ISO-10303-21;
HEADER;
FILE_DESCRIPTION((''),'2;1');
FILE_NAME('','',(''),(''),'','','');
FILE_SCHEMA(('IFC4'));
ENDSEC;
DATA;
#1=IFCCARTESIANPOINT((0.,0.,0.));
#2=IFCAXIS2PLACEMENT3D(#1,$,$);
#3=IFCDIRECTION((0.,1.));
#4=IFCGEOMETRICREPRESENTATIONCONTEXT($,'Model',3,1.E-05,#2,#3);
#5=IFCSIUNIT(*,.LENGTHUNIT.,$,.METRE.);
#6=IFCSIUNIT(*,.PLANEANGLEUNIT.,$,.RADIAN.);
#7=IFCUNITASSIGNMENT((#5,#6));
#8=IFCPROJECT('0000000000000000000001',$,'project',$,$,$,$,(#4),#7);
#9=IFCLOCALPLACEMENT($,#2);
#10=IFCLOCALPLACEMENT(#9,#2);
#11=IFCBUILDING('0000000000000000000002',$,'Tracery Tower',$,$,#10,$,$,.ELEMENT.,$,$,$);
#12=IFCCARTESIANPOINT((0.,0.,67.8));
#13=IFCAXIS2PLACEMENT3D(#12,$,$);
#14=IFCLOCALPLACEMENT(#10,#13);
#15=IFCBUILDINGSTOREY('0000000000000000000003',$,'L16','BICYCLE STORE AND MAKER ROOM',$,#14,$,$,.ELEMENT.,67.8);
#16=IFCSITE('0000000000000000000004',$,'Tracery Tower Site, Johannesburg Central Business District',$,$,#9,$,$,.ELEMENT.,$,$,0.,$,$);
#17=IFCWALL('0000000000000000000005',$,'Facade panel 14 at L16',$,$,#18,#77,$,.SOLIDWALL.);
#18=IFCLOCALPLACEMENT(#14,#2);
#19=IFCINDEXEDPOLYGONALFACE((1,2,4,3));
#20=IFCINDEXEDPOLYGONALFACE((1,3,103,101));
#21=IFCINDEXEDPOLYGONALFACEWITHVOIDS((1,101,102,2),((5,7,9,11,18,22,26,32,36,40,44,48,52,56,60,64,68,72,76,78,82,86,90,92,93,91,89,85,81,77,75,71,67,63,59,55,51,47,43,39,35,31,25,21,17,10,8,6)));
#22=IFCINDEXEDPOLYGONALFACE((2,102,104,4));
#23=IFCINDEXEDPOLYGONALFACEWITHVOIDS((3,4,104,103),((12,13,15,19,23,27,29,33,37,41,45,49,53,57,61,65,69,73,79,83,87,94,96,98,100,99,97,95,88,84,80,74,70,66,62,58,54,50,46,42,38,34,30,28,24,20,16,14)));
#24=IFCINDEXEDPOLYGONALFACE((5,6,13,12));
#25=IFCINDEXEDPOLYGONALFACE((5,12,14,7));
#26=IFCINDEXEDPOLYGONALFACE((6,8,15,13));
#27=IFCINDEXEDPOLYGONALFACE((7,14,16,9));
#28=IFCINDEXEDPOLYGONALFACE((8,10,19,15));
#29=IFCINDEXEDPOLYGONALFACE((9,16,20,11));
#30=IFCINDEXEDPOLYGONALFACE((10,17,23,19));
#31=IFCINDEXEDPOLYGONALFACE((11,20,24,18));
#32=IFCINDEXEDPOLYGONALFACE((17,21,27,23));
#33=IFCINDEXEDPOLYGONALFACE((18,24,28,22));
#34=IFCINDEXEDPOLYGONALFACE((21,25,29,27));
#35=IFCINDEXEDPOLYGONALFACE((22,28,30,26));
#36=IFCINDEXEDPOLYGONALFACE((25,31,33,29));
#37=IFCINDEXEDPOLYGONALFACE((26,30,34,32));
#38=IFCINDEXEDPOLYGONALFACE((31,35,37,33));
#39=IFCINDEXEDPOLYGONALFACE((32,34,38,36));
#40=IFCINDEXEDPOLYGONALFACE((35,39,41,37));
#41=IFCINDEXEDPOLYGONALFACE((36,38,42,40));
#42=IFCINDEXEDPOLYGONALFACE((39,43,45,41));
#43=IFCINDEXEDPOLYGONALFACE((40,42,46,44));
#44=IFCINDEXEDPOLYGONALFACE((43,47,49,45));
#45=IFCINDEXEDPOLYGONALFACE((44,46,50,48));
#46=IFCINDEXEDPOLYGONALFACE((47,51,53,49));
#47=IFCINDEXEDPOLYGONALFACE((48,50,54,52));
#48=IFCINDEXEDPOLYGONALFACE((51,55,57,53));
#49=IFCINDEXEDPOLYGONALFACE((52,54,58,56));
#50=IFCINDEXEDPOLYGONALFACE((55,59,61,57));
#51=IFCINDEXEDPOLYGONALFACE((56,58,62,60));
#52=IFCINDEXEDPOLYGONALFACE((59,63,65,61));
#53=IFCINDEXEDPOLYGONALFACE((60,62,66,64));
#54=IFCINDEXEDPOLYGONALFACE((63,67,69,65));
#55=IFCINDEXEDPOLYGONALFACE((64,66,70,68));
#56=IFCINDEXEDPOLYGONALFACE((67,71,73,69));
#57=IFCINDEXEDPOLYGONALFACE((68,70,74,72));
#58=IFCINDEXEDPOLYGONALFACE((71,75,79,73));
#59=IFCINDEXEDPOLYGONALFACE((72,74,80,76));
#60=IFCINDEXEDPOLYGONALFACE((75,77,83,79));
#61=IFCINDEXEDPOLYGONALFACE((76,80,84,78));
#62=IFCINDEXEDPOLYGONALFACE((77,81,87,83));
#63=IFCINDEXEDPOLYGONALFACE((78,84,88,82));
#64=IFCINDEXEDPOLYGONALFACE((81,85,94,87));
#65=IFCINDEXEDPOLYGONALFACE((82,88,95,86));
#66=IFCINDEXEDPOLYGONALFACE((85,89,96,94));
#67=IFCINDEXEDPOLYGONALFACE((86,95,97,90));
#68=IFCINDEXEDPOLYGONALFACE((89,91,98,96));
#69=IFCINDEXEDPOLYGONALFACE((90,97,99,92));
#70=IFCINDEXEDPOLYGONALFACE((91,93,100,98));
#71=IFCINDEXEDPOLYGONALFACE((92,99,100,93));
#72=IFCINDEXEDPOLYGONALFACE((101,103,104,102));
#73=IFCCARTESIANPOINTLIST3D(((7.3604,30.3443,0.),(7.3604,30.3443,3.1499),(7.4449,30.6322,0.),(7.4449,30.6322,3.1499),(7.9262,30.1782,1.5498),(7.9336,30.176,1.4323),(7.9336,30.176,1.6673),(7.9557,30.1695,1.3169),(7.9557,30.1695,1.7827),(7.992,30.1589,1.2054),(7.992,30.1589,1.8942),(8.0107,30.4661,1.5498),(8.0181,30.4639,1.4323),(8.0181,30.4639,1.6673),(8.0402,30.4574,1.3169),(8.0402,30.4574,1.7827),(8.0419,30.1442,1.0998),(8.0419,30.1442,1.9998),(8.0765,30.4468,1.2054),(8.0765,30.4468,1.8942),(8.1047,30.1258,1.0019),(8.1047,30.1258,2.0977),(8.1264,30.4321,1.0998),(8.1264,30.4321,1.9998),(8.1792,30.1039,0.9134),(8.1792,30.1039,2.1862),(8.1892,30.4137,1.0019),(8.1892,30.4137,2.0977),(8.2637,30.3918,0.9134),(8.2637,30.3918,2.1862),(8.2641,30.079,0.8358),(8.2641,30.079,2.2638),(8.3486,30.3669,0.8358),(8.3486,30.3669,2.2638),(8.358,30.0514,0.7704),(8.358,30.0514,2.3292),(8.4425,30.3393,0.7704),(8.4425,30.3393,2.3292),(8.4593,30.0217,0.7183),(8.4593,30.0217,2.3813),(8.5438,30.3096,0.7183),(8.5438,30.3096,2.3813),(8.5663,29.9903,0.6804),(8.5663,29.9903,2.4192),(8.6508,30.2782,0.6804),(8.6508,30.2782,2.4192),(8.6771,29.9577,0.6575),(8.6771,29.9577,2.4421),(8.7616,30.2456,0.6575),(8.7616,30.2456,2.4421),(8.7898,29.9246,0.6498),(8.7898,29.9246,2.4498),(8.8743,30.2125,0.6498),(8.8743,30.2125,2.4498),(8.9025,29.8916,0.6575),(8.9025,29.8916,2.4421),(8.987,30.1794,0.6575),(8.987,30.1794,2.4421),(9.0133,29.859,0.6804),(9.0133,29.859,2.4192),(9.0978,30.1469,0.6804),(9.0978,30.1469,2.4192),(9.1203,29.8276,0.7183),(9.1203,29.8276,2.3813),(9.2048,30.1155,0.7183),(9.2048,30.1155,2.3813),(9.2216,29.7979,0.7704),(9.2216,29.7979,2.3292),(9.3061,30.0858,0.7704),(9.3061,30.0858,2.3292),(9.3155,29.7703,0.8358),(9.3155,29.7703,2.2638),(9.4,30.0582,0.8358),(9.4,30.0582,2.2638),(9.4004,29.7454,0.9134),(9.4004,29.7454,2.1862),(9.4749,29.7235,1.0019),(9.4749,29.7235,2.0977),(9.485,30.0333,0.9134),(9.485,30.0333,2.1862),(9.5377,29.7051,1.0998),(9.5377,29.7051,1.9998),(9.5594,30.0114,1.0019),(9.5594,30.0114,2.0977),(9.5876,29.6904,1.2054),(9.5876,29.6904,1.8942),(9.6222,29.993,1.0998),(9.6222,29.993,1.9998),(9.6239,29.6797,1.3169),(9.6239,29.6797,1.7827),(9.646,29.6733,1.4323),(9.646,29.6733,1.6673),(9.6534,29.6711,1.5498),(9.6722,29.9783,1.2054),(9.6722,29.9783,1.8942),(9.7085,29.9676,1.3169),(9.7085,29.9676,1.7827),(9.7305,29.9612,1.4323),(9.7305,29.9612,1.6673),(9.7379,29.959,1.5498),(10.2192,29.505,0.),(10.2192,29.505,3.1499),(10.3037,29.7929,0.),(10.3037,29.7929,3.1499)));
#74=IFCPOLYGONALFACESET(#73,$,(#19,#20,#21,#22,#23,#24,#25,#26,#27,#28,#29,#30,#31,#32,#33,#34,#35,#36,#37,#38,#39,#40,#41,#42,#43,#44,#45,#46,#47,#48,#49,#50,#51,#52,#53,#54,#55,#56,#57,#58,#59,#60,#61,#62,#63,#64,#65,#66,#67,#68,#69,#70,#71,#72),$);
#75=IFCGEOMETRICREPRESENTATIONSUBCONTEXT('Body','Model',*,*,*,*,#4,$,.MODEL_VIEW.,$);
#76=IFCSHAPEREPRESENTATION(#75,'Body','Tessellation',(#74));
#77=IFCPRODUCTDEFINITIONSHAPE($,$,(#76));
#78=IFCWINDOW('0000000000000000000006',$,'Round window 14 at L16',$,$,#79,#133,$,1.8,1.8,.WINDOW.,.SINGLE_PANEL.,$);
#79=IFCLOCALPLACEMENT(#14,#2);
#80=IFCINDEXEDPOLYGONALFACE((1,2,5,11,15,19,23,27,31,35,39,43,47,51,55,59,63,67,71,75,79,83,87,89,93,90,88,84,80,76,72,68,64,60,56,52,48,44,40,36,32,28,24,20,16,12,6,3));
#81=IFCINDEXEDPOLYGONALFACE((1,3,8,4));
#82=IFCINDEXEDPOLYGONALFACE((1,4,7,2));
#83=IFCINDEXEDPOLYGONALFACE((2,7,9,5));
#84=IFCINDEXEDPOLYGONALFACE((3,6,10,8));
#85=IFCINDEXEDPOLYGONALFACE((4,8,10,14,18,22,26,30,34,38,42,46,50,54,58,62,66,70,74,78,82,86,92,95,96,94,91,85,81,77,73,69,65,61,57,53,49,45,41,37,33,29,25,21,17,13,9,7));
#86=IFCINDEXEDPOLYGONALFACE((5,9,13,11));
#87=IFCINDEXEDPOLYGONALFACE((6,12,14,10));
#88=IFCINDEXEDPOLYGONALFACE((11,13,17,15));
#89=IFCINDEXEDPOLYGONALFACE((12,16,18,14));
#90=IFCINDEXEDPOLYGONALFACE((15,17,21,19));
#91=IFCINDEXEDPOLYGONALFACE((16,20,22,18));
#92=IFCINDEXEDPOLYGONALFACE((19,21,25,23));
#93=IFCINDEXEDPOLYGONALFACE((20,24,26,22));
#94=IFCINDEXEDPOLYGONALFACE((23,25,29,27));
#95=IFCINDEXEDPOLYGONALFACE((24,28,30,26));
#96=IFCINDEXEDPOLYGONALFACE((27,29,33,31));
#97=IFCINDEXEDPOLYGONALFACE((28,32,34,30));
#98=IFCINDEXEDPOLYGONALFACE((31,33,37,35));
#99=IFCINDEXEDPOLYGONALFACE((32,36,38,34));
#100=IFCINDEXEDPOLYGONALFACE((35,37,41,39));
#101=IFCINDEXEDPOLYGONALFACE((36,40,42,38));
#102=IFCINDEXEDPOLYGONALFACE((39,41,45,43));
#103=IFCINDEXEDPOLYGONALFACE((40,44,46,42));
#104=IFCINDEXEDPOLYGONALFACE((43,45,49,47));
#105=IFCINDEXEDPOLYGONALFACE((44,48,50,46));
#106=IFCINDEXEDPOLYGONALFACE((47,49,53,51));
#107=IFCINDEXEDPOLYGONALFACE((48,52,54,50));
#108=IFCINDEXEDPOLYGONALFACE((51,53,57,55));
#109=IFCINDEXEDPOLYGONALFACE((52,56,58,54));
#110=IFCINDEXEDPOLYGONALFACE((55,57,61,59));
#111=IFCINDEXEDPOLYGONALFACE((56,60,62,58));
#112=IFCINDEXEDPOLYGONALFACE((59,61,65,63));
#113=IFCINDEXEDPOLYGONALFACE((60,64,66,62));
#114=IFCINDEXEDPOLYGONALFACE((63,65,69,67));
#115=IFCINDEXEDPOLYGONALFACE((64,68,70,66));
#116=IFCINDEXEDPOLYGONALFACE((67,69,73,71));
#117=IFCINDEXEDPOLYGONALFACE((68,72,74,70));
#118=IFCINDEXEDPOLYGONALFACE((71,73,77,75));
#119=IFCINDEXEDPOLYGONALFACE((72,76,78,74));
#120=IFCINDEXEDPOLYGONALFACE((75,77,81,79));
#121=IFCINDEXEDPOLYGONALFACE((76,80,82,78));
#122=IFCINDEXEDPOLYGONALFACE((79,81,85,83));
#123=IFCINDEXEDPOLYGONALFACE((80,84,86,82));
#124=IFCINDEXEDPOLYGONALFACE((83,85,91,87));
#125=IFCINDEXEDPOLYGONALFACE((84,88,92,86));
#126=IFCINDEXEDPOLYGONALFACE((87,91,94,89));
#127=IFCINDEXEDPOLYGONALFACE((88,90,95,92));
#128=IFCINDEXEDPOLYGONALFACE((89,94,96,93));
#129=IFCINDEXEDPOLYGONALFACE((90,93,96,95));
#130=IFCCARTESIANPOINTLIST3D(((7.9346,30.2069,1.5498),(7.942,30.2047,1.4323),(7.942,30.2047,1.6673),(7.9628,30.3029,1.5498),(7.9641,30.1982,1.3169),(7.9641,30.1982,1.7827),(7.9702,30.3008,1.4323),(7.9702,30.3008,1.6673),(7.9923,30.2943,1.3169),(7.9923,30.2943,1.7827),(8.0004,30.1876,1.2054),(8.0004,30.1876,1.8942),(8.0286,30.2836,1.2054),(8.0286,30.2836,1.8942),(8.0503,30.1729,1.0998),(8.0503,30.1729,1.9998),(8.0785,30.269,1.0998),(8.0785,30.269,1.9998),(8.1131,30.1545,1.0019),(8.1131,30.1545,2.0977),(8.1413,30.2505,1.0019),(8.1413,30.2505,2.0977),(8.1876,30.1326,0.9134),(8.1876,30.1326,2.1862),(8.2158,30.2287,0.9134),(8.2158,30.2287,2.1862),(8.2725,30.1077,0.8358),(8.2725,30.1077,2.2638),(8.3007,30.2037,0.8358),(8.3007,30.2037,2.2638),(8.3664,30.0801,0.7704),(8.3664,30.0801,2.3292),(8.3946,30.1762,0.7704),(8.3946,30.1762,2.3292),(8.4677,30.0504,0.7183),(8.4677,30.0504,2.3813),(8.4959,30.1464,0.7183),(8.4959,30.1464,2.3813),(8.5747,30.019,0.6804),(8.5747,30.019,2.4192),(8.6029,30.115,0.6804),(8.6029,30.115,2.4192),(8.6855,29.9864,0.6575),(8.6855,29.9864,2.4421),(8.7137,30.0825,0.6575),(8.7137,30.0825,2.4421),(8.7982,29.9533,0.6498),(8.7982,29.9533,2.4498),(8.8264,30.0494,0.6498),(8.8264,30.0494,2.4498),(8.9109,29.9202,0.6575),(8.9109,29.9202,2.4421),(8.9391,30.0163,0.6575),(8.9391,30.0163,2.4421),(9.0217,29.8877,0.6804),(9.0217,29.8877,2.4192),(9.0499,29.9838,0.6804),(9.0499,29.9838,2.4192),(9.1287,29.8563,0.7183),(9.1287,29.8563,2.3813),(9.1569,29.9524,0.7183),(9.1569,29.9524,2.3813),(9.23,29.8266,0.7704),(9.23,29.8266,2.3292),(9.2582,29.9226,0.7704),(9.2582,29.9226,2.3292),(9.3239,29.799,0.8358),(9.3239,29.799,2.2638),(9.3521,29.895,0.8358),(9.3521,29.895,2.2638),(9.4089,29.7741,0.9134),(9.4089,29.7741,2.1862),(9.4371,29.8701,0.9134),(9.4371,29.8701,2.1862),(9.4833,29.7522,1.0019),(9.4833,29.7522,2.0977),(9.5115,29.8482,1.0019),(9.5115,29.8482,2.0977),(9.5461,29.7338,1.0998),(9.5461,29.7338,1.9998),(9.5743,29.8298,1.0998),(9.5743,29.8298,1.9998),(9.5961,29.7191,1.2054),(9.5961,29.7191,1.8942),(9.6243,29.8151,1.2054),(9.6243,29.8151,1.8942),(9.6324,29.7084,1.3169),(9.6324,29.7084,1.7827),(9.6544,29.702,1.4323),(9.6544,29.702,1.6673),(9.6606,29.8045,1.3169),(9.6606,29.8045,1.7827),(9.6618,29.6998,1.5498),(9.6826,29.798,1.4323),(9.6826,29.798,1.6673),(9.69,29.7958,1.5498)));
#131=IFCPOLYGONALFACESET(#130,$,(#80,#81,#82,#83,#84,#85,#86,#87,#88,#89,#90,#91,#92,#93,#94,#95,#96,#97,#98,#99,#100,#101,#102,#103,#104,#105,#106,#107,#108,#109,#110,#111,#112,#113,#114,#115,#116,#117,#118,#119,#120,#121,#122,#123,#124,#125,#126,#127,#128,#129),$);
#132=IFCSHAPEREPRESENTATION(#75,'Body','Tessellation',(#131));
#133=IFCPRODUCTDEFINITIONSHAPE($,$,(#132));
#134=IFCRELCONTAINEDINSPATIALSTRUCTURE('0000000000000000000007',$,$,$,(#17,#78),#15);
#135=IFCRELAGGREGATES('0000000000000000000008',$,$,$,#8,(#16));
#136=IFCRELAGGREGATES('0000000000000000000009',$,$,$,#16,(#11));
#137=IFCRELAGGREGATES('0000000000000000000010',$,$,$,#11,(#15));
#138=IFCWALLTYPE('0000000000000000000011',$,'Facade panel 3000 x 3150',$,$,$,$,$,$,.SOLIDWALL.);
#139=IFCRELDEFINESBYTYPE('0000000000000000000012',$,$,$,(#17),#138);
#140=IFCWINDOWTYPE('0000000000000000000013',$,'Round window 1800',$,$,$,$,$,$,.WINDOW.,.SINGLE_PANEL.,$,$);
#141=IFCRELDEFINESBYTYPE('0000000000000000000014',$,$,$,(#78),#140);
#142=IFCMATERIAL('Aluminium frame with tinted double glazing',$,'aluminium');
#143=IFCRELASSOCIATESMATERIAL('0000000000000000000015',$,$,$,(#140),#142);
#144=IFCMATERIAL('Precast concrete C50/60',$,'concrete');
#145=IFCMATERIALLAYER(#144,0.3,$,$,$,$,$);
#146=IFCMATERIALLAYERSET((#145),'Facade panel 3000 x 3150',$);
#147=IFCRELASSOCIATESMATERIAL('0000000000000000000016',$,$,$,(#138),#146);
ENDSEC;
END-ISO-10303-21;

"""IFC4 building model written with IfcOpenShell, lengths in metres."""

from ifc_helpers import new_model, si_unit, direction, frame, frame_2d, origin, origin_2d, place, context, subcontext, project, spatial, rectangle, circle, extrude, material, layer, layer_set, type_object, element, fill, save


model = new_model("IFC4")

# Units and contexts
model_context = context("Model", 3, precision=1e-05, world=origin(), true_north=direction((0.0, 1.0)))
body_context = subcontext(model_context, "Body", "Model", "MODEL_VIEW")
ifc_project = project(units=[si_unit("LENGTHUNIT", "METRE"), si_unit("PLANEANGLEUNIT", "RADIAN")], contexts=[model_context])

# Site, building, storey
site_placement = place(None, origin())
site = spatial("IfcSite", under=ifc_project, at=site_placement, Name="Tracery Tower Site, Johannesburg Central Business District", CompositionType="ELEMENT", RefElevation=0.0)
building_placement = place(site_placement, origin())
building = spatial("IfcBuilding", under=site, at=building_placement, Name="Tracery Tower", CompositionType="ELEMENT")
storey_placement = place(building_placement, frame((0.0, 0.0, 67.8)))
storey = spatial("IfcBuildingStorey", under=building, at=storey_placement, Name="L16", Description="BICYCLE STORE AND MAKER ROOM", CompositionType="ELEMENT", Elevation=67.8)

# Wall, opening, window
ifc_material_1 = material(Name="Aluminium frame with tinted double glazing", Category="aluminium")
window_type = type_object("IfcWindowType", Name="Round window 1800", PartitioningType="SINGLE_PANEL", PredefinedType="WINDOW", material=ifc_material_1)
ifc_material_2 = material(Name="Precast concrete C50/60", Category="concrete")
ifc_layer_1 = layer(ifc_material_2, 0.3)
ifc_layer_set_1 = layer_set([ifc_layer_1], Name="Facade panel 3000 x 3150")
wall_type_1 = type_object("IfcWallType", Name="Facade panel 3000 x 3150", PredefinedType="SOLIDWALL", material=ifc_layer_set_1)
wall_1_placement = place(storey_placement, frame((10.2615, 29.6489, 0.0), z_axis=(0.0, 0.0, 1.0), x_axis=(-0.959501, 0.281705, 0.0)))
wall_1 = element("IfcWall", 1, at=wall_1_placement, inside=storey, type_object=wall_type_1, Name="Facade panel 14 at L16", PredefinedType="SOLIDWALL", context=body_context, shape_type="SweptSolid", body=[
    extrude(rectangle(XDim=2.9795, YDim=0.3, at=frame_2d((1.4897, 0.0))), origin(), (0.0, 0.0, 1.0), 3.1499),
])
opening_1_placement = place(wall_1_placement, frame((1.4897, 0.0, 1.5498)))
opening_1 = element("IfcOpeningElement", 2, at=opening_1_placement, cuts=wall_1, PredefinedType="OPENING", context=body_context, shape_type="SweptSolid", body=[
    extrude(circle(Radius=0.9, at=origin_2d()), frame((0.0, 0.1599, 0.0), z_axis=(0.0, -1.0, 0.0), x_axis=(1.0, 0.0, 0.0)), (0.0, 0.0, 1.0), 0.3201),
])
window_1_placement = place(opening_1_placement, origin())
window_1 = element("IfcWindow", 3, at=window_1_placement, inside=storey, type_object=window_type, Name="Round window 14 at L16", OverallHeight=1.8, OverallWidth=1.8, PartitioningType="SINGLE_PANEL", PredefinedType="WINDOW", context=body_context, shape_type="SweptSolid", body=[
    extrude(circle(Radius=0.9, at=origin_2d()), frame((0.0, 0.1201, 0.0), z_axis=(0.0, -1.0, 0.0), x_axis=(1.0, 0.0, 0.0)), (0.0, 0.0, 1.0), 0.1001),
])
fill(opening_1, window_1)

save(model, "model.ifc")
